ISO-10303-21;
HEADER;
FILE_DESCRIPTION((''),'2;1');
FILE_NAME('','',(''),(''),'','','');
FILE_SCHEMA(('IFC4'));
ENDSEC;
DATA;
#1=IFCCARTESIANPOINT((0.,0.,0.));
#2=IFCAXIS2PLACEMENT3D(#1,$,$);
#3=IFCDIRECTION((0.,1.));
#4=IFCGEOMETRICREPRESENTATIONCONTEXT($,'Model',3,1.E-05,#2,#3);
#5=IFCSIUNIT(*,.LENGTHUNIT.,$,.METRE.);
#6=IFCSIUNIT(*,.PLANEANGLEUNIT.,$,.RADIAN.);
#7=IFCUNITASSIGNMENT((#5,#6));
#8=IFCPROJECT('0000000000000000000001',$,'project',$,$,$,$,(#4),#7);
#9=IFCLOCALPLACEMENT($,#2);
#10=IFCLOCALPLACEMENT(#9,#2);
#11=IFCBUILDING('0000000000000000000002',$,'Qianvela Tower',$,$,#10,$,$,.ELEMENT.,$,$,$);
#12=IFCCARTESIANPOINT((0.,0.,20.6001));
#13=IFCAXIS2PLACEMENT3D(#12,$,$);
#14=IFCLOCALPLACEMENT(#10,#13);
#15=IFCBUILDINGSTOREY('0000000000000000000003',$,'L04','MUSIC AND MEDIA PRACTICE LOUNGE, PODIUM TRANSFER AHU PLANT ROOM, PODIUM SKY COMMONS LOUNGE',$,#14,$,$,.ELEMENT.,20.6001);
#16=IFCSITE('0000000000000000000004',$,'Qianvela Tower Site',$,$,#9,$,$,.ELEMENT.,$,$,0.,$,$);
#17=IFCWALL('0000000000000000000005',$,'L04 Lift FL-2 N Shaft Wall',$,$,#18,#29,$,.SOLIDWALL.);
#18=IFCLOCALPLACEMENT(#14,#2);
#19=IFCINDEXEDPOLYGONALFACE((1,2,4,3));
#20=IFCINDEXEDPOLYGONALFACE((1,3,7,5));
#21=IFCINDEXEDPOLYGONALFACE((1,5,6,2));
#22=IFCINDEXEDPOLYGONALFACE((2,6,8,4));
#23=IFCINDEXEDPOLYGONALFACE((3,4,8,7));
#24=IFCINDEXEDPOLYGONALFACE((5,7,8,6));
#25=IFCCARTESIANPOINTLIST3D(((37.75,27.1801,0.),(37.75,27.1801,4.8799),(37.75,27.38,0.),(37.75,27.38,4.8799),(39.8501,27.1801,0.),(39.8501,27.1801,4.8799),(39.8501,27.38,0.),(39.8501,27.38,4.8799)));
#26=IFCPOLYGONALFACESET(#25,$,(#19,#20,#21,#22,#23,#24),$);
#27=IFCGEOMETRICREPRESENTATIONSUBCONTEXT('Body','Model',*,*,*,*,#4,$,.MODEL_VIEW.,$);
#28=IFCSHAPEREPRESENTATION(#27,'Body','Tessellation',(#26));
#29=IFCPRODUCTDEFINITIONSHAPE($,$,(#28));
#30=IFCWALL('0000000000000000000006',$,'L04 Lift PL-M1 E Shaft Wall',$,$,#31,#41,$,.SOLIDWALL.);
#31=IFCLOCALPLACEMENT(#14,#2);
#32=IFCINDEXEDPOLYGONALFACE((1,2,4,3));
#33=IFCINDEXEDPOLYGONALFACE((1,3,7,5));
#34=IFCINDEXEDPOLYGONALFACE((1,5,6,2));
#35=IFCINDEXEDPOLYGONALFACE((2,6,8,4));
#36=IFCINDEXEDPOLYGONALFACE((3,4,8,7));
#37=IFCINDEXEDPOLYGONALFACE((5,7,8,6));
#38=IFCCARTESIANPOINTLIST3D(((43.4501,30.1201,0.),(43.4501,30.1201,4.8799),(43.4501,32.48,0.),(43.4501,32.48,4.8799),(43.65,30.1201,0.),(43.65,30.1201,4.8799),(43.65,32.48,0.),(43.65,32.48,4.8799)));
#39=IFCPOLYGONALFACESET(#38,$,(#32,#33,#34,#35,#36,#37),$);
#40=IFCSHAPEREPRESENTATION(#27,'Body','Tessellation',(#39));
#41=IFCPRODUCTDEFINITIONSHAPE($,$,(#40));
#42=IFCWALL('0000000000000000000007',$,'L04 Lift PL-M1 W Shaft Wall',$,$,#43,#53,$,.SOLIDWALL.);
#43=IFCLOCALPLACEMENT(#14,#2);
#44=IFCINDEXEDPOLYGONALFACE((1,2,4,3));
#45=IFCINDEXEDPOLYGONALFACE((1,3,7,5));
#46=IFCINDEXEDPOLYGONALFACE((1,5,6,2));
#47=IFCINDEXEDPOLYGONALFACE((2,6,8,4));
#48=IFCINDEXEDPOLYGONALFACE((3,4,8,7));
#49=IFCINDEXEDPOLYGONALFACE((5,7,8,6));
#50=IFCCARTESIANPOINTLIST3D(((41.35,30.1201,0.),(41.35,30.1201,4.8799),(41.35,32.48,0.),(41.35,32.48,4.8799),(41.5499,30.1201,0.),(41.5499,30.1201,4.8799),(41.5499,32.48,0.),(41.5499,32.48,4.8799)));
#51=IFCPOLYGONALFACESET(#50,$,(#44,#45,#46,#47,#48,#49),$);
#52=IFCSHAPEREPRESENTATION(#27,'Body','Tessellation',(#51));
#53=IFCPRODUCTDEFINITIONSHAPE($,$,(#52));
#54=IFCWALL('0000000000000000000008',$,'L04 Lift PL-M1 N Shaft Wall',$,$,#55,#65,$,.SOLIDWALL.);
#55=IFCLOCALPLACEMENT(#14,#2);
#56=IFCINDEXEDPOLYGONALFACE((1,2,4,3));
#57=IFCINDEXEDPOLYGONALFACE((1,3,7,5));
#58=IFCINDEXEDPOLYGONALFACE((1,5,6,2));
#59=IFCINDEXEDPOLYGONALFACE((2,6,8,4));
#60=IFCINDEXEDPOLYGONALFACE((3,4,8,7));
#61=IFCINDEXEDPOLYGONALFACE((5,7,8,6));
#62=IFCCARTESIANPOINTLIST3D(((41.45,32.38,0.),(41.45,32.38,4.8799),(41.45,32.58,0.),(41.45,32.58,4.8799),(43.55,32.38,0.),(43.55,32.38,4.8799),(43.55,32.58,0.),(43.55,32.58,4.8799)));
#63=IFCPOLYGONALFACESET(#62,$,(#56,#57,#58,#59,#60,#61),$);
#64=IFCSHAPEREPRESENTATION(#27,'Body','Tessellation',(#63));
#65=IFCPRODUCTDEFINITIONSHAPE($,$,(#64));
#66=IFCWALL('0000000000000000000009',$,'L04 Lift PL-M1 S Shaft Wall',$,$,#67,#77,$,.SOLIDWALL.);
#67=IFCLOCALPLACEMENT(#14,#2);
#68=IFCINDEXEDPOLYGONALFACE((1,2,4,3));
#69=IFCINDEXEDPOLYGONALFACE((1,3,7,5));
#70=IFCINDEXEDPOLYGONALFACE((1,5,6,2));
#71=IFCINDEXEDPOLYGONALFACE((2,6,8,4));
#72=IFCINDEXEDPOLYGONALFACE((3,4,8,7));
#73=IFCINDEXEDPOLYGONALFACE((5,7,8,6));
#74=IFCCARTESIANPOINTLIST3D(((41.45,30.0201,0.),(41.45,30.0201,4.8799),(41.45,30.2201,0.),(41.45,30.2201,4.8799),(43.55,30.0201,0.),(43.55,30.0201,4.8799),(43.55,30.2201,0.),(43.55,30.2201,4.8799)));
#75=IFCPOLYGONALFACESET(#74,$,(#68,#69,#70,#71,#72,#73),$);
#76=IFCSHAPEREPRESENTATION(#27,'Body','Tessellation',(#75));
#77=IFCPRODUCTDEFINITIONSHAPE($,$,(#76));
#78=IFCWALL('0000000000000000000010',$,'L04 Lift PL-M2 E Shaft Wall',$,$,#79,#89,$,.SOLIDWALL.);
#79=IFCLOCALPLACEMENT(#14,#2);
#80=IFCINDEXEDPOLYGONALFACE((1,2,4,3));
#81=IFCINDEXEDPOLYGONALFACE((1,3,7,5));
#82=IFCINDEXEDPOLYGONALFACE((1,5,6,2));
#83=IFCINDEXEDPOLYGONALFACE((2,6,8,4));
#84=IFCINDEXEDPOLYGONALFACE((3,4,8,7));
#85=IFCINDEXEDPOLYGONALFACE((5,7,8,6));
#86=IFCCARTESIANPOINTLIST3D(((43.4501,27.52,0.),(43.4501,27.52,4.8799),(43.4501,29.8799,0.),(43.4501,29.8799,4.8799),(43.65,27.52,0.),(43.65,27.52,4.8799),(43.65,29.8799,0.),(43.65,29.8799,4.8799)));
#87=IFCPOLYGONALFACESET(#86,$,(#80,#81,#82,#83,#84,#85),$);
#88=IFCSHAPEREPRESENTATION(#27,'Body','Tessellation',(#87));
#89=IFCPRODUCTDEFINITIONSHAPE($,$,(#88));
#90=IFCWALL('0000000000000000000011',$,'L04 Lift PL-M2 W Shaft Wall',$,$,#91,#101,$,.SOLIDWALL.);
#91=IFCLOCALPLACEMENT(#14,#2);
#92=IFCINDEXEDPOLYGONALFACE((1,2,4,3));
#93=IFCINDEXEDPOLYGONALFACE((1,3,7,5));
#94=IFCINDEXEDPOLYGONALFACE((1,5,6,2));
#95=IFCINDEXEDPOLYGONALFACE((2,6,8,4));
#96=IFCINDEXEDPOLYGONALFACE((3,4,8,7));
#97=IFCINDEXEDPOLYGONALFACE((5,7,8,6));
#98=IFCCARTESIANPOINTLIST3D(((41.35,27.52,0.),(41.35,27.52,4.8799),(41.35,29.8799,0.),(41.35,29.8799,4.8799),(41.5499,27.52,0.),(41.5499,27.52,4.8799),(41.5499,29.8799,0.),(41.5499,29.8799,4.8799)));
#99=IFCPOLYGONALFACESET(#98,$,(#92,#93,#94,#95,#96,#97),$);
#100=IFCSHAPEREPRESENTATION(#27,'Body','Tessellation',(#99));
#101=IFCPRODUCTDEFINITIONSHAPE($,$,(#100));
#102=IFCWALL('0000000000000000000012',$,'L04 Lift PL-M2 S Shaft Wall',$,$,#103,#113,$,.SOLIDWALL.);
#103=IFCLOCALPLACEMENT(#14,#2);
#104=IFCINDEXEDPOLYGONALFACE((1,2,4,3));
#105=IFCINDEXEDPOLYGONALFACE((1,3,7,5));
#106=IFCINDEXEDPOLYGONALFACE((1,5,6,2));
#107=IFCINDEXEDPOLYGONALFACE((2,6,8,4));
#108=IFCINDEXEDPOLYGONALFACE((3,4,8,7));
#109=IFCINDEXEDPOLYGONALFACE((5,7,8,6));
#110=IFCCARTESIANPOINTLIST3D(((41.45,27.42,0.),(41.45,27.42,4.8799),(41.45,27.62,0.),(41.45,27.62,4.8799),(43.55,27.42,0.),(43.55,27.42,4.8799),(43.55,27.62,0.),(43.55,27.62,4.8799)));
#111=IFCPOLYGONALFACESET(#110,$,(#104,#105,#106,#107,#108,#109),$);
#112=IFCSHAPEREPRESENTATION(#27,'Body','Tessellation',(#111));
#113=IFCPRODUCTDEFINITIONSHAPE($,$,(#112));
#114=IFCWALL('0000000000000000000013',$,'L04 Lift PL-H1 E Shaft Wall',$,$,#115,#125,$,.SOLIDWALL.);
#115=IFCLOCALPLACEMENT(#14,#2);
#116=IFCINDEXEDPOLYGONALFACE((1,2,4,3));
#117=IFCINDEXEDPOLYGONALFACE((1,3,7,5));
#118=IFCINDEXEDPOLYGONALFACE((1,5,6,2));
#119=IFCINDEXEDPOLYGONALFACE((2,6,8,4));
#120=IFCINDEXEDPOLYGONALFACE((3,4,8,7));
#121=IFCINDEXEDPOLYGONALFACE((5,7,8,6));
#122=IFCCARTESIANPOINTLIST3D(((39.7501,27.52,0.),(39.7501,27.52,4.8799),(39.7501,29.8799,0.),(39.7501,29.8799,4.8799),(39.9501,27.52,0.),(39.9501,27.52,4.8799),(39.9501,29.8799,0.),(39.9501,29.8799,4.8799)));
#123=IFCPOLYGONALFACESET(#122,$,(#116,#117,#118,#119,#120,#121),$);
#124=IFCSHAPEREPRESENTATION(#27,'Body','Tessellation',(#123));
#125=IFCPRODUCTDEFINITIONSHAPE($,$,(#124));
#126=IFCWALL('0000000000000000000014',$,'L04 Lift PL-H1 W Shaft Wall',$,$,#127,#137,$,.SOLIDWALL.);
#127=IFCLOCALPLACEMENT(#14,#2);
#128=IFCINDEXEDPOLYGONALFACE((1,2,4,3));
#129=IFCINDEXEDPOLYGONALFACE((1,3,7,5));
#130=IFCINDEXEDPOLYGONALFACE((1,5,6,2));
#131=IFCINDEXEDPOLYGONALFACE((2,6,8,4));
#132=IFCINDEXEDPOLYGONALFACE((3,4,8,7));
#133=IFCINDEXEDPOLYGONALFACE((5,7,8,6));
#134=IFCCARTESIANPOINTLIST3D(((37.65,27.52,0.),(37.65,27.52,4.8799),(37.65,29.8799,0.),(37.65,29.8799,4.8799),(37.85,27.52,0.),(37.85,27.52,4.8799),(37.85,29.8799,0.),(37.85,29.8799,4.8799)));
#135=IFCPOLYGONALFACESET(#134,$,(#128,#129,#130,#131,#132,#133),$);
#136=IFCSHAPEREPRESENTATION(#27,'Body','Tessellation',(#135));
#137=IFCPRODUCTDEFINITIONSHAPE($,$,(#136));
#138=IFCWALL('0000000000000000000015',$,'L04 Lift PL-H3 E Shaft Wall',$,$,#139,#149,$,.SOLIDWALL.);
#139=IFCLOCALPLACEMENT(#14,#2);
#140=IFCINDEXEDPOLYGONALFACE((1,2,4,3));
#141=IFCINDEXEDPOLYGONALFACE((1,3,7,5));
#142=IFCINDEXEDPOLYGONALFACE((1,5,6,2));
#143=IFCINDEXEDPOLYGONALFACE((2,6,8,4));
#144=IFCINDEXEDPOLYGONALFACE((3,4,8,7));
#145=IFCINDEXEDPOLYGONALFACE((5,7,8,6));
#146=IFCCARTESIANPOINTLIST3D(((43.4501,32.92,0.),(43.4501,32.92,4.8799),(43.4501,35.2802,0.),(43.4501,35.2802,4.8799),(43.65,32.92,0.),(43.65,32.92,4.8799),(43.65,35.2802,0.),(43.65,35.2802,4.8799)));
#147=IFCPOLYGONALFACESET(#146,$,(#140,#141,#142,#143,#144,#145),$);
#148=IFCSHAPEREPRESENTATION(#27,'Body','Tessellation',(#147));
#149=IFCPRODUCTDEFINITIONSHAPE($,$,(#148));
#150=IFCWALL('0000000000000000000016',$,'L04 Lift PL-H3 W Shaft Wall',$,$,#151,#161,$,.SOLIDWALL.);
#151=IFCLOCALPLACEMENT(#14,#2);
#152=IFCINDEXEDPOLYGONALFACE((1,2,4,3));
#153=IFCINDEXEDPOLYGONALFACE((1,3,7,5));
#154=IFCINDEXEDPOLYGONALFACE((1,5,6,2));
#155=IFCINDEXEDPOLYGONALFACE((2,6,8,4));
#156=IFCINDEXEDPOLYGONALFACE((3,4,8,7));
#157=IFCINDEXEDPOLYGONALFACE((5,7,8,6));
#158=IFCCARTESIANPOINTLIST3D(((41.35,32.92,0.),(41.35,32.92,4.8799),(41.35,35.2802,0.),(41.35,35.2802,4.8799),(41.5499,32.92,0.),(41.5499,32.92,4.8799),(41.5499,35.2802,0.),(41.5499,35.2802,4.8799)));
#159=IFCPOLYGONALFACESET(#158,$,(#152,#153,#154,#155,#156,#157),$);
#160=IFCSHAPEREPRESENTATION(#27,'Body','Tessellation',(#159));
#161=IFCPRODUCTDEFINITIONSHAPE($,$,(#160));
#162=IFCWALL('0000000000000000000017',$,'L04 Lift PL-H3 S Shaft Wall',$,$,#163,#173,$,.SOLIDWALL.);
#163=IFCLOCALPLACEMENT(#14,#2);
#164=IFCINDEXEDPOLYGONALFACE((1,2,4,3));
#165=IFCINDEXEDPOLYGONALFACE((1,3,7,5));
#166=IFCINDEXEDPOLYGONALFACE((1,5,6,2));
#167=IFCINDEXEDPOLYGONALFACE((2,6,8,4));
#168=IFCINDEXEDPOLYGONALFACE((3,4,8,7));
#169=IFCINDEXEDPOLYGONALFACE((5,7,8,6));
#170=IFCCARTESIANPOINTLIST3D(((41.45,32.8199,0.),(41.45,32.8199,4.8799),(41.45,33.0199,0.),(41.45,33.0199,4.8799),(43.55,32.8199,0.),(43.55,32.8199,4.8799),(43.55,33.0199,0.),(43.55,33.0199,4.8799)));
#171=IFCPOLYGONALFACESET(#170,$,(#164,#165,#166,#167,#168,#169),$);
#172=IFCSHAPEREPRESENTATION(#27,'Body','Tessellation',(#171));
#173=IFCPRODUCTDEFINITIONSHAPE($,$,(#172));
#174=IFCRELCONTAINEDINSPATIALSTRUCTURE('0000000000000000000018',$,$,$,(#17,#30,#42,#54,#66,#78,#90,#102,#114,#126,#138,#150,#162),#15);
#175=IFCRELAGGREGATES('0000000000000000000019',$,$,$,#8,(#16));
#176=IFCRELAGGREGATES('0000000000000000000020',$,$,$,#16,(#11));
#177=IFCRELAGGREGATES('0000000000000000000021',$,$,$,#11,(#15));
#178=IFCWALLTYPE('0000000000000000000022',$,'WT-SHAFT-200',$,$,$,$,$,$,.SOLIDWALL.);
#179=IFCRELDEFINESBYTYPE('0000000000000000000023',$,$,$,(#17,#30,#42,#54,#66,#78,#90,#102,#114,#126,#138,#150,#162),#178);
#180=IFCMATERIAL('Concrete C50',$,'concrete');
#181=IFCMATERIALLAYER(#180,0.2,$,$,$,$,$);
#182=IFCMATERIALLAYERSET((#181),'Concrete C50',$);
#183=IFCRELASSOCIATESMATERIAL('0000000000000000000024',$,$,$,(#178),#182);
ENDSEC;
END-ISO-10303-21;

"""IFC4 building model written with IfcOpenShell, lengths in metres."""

from ifc_helpers import new_model, si_unit, direction, frame, frame_2d, origin, place, context, subcontext, project, spatial, rectangle, extrude, material, layer, layer_set, type_object, element, save


model = new_model("IFC4")

# Units and contexts
model_context = context("Model", 3, precision=1e-05, world=origin(), true_north=direction((0.0, 1.0)))
body_context = subcontext(model_context, "Body", "Model", "MODEL_VIEW")
ifc_project = project(units=[si_unit("LENGTHUNIT", "METRE"), si_unit("PLANEANGLEUNIT", "RADIAN")], contexts=[model_context])

# Site, building, storey
site_placement = place(None, origin())
site = spatial("IfcSite", under=ifc_project, at=site_placement, Name="Qianvela Tower Site", CompositionType="ELEMENT", RefElevation=0.0)
building_placement = place(site_placement, origin())
building = spatial("IfcBuilding", under=site, at=building_placement, Name="Qianvela Tower", CompositionType="ELEMENT")
storey_placement = place(building_placement, frame((0.0, 0.0, 20.6001)))
storey = spatial("IfcBuildingStorey", under=building, at=storey_placement, Name="L04", Description="MUSIC AND MEDIA PRACTICE LOUNGE, PODIUM TRANSFER AHU PLANT ROOM, PODIUM SKY COMMONS LOUNGE", CompositionType="ELEMENT", Elevation=20.6001)

# Shared definitions
ifc_material_1 = material(Name="Concrete C50", Category="concrete")
ifc_layer_1 = layer(ifc_material_1, 0.2)
ifc_layer_set_1 = layer_set([ifc_layer_1], Name="Concrete C50")
wall_type_1 = type_object("IfcWallType", Name="WT-SHAFT-200", PredefinedType="SOLIDWALL", material=ifc_layer_set_1)

# Walls
for number, where, z_axis, x_axis, name in (
    (1, (37.75, 27.28, 0.0), (0.0, 0.0, 1.0), (1.0, 0.0, 0.0), "L04 Lift FL-2 N Shaft Wall"),
):
    element("IfcWall", number, at=place(storey_placement, frame(where, z_axis=z_axis, x_axis=x_axis)), inside=storey, type_object=wall_type_1, Name=name, PredefinedType="SOLIDWALL", context=body_context, shape_type="SweptSolid", body=[
        extrude(rectangle(XDim=2.1001, YDim=0.2, at=frame_2d((1.05, 0.0))), origin(), (0.0, 0.0, 1.0), 4.8799),
    ])
for number, where, z_axis, x_axis, name in (
    (2, (43.55, 30.1201, 0.0), (0.0, 0.0, 1.0), (0.0, 1.0, 0.0), "L04 Lift PL-M1 E Shaft Wall"),
    (3, (41.45, 30.1201, 0.0), (0.0, 0.0, 1.0), (0.0, 1.0, 0.0), "L04 Lift PL-M1 W Shaft Wall"),
):
    element("IfcWall", number, at=place(storey_placement, frame(where, z_axis=z_axis, x_axis=x_axis)), inside=storey, type_object=wall_type_1, Name=name, PredefinedType="SOLIDWALL", context=body_context, shape_type="SweptSolid", body=[
        extrude(rectangle(XDim=2.3599, YDim=0.2, at=frame_2d((1.1799, 0.0))), origin(), (0.0, 0.0, 1.0), 4.8799),
    ])
for number, where, z_axis, x_axis, name in (
    (4, (41.45, 32.48, 0.0), (0.0, 0.0, 1.0), (1.0, 0.0, 0.0), "L04 Lift PL-M1 N Shaft Wall"),
    (5, (41.45, 30.1201, 0.0), (0.0, 0.0, 1.0), (1.0, 0.0, 0.0), "L04 Lift PL-M1 S Shaft Wall"),
):
    element("IfcWall", number, at=place(storey_placement, frame(where, z_axis=z_axis, x_axis=x_axis)), inside=storey, type_object=wall_type_1, Name=name, PredefinedType="SOLIDWALL", context=body_context, shape_type="SweptSolid", body=[
        extrude(rectangle(XDim=2.1001, YDim=0.2, at=frame_2d((1.05, 0.0))), origin(), (0.0, 0.0, 1.0), 4.8799),
    ])
for number, where, z_axis, x_axis, name in (
    (6, (43.55, 27.52, 0.0), (0.0, 0.0, 1.0), (0.0, 1.0, 0.0), "L04 Lift PL-M2 E Shaft Wall"),
    (7, (41.45, 27.52, 0.0), (0.0, 0.0, 1.0), (0.0, 1.0, 0.0), "L04 Lift PL-M2 W Shaft Wall"),
):
    element("IfcWall", number, at=place(storey_placement, frame(where, z_axis=z_axis, x_axis=x_axis)), inside=storey, type_object=wall_type_1, Name=name, PredefinedType="SOLIDWALL", context=body_context, shape_type="SweptSolid", body=[
        extrude(rectangle(XDim=2.3599, YDim=0.2, at=frame_2d((1.1799, 0.0))), origin(), (0.0, 0.0, 1.0), 4.8799),
    ])
wall_1_placement = place(storey_placement, frame((41.45, 27.52, 0.0), z_axis=(0.0, 0.0, 1.0), x_axis=(1.0, 0.0, 0.0)))
element("IfcWall", 8, at=wall_1_placement, inside=storey, type_object=wall_type_1, Name="L04 Lift PL-M2 S Shaft Wall", PredefinedType="SOLIDWALL", context=body_context, shape_type="SweptSolid", body=[
    extrude(rectangle(XDim=2.1001, YDim=0.2, at=frame_2d((1.05, 0.0))), origin(), (0.0, 0.0, 1.0), 4.8799),
])
for number, where, z_axis, x_axis, name in (
    (9, (39.8501, 27.52, 0.0), (0.0, 0.0, 1.0), (0.0, 1.0, 0.0), "L04 Lift PL-H1 E Shaft Wall"),
    (10, (37.75, 27.52, 0.0), (0.0, 0.0, 1.0), (0.0, 1.0, 0.0), "L04 Lift PL-H1 W Shaft Wall"),
):
    element("IfcWall", number, at=place(storey_placement, frame(where, z_axis=z_axis, x_axis=x_axis)), inside=storey, type_object=wall_type_1, Name=name, PredefinedType="SOLIDWALL", context=body_context, shape_type="SweptSolid", body=[
        extrude(rectangle(XDim=2.3599, YDim=0.2, at=frame_2d((1.1799, 0.0))), origin(), (0.0, 0.0, 1.0), 4.8799),
    ])
for number, where, z_axis, x_axis, name in (
    (11, (43.55, 32.9199, 0.0), (0.0, 0.0, 1.0), (0.0, 1.0, 0.0), "L04 Lift PL-H3 E Shaft Wall"),
    (12, (41.45, 32.9199, 0.0), (0.0, 0.0, 1.0), (0.0, 1.0, 0.0), "L04 Lift PL-H3 W Shaft Wall"),
):
    element("IfcWall", number, at=place(storey_placement, frame(where, z_axis=z_axis, x_axis=x_axis)), inside=storey, type_object=wall_type_1, Name=name, PredefinedType="SOLIDWALL", context=body_context, shape_type="SweptSolid", body=[
        extrude(rectangle(XDim=2.3601, YDim=0.2, at=frame_2d((1.1802, 0.0))), origin(), (0.0, 0.0, 1.0), 4.8799),
    ])
wall_2_placement = place(storey_placement, frame((41.45, 32.9199, 0.0), z_axis=(0.0, 0.0, 1.0), x_axis=(1.0, 0.0, 0.0)))
element("IfcWall", 13, at=wall_2_placement, inside=storey, type_object=wall_type_1, Name="L04 Lift PL-H3 S Shaft Wall", PredefinedType="SOLIDWALL", context=body_context, shape_type="SweptSolid", body=[
    extrude(rectangle(XDim=2.1001, YDim=0.2, at=frame_2d((1.05, 0.0))), origin(), (0.0, 0.0, 1.0), 4.8799),
])

save(model, "model.ifc")
